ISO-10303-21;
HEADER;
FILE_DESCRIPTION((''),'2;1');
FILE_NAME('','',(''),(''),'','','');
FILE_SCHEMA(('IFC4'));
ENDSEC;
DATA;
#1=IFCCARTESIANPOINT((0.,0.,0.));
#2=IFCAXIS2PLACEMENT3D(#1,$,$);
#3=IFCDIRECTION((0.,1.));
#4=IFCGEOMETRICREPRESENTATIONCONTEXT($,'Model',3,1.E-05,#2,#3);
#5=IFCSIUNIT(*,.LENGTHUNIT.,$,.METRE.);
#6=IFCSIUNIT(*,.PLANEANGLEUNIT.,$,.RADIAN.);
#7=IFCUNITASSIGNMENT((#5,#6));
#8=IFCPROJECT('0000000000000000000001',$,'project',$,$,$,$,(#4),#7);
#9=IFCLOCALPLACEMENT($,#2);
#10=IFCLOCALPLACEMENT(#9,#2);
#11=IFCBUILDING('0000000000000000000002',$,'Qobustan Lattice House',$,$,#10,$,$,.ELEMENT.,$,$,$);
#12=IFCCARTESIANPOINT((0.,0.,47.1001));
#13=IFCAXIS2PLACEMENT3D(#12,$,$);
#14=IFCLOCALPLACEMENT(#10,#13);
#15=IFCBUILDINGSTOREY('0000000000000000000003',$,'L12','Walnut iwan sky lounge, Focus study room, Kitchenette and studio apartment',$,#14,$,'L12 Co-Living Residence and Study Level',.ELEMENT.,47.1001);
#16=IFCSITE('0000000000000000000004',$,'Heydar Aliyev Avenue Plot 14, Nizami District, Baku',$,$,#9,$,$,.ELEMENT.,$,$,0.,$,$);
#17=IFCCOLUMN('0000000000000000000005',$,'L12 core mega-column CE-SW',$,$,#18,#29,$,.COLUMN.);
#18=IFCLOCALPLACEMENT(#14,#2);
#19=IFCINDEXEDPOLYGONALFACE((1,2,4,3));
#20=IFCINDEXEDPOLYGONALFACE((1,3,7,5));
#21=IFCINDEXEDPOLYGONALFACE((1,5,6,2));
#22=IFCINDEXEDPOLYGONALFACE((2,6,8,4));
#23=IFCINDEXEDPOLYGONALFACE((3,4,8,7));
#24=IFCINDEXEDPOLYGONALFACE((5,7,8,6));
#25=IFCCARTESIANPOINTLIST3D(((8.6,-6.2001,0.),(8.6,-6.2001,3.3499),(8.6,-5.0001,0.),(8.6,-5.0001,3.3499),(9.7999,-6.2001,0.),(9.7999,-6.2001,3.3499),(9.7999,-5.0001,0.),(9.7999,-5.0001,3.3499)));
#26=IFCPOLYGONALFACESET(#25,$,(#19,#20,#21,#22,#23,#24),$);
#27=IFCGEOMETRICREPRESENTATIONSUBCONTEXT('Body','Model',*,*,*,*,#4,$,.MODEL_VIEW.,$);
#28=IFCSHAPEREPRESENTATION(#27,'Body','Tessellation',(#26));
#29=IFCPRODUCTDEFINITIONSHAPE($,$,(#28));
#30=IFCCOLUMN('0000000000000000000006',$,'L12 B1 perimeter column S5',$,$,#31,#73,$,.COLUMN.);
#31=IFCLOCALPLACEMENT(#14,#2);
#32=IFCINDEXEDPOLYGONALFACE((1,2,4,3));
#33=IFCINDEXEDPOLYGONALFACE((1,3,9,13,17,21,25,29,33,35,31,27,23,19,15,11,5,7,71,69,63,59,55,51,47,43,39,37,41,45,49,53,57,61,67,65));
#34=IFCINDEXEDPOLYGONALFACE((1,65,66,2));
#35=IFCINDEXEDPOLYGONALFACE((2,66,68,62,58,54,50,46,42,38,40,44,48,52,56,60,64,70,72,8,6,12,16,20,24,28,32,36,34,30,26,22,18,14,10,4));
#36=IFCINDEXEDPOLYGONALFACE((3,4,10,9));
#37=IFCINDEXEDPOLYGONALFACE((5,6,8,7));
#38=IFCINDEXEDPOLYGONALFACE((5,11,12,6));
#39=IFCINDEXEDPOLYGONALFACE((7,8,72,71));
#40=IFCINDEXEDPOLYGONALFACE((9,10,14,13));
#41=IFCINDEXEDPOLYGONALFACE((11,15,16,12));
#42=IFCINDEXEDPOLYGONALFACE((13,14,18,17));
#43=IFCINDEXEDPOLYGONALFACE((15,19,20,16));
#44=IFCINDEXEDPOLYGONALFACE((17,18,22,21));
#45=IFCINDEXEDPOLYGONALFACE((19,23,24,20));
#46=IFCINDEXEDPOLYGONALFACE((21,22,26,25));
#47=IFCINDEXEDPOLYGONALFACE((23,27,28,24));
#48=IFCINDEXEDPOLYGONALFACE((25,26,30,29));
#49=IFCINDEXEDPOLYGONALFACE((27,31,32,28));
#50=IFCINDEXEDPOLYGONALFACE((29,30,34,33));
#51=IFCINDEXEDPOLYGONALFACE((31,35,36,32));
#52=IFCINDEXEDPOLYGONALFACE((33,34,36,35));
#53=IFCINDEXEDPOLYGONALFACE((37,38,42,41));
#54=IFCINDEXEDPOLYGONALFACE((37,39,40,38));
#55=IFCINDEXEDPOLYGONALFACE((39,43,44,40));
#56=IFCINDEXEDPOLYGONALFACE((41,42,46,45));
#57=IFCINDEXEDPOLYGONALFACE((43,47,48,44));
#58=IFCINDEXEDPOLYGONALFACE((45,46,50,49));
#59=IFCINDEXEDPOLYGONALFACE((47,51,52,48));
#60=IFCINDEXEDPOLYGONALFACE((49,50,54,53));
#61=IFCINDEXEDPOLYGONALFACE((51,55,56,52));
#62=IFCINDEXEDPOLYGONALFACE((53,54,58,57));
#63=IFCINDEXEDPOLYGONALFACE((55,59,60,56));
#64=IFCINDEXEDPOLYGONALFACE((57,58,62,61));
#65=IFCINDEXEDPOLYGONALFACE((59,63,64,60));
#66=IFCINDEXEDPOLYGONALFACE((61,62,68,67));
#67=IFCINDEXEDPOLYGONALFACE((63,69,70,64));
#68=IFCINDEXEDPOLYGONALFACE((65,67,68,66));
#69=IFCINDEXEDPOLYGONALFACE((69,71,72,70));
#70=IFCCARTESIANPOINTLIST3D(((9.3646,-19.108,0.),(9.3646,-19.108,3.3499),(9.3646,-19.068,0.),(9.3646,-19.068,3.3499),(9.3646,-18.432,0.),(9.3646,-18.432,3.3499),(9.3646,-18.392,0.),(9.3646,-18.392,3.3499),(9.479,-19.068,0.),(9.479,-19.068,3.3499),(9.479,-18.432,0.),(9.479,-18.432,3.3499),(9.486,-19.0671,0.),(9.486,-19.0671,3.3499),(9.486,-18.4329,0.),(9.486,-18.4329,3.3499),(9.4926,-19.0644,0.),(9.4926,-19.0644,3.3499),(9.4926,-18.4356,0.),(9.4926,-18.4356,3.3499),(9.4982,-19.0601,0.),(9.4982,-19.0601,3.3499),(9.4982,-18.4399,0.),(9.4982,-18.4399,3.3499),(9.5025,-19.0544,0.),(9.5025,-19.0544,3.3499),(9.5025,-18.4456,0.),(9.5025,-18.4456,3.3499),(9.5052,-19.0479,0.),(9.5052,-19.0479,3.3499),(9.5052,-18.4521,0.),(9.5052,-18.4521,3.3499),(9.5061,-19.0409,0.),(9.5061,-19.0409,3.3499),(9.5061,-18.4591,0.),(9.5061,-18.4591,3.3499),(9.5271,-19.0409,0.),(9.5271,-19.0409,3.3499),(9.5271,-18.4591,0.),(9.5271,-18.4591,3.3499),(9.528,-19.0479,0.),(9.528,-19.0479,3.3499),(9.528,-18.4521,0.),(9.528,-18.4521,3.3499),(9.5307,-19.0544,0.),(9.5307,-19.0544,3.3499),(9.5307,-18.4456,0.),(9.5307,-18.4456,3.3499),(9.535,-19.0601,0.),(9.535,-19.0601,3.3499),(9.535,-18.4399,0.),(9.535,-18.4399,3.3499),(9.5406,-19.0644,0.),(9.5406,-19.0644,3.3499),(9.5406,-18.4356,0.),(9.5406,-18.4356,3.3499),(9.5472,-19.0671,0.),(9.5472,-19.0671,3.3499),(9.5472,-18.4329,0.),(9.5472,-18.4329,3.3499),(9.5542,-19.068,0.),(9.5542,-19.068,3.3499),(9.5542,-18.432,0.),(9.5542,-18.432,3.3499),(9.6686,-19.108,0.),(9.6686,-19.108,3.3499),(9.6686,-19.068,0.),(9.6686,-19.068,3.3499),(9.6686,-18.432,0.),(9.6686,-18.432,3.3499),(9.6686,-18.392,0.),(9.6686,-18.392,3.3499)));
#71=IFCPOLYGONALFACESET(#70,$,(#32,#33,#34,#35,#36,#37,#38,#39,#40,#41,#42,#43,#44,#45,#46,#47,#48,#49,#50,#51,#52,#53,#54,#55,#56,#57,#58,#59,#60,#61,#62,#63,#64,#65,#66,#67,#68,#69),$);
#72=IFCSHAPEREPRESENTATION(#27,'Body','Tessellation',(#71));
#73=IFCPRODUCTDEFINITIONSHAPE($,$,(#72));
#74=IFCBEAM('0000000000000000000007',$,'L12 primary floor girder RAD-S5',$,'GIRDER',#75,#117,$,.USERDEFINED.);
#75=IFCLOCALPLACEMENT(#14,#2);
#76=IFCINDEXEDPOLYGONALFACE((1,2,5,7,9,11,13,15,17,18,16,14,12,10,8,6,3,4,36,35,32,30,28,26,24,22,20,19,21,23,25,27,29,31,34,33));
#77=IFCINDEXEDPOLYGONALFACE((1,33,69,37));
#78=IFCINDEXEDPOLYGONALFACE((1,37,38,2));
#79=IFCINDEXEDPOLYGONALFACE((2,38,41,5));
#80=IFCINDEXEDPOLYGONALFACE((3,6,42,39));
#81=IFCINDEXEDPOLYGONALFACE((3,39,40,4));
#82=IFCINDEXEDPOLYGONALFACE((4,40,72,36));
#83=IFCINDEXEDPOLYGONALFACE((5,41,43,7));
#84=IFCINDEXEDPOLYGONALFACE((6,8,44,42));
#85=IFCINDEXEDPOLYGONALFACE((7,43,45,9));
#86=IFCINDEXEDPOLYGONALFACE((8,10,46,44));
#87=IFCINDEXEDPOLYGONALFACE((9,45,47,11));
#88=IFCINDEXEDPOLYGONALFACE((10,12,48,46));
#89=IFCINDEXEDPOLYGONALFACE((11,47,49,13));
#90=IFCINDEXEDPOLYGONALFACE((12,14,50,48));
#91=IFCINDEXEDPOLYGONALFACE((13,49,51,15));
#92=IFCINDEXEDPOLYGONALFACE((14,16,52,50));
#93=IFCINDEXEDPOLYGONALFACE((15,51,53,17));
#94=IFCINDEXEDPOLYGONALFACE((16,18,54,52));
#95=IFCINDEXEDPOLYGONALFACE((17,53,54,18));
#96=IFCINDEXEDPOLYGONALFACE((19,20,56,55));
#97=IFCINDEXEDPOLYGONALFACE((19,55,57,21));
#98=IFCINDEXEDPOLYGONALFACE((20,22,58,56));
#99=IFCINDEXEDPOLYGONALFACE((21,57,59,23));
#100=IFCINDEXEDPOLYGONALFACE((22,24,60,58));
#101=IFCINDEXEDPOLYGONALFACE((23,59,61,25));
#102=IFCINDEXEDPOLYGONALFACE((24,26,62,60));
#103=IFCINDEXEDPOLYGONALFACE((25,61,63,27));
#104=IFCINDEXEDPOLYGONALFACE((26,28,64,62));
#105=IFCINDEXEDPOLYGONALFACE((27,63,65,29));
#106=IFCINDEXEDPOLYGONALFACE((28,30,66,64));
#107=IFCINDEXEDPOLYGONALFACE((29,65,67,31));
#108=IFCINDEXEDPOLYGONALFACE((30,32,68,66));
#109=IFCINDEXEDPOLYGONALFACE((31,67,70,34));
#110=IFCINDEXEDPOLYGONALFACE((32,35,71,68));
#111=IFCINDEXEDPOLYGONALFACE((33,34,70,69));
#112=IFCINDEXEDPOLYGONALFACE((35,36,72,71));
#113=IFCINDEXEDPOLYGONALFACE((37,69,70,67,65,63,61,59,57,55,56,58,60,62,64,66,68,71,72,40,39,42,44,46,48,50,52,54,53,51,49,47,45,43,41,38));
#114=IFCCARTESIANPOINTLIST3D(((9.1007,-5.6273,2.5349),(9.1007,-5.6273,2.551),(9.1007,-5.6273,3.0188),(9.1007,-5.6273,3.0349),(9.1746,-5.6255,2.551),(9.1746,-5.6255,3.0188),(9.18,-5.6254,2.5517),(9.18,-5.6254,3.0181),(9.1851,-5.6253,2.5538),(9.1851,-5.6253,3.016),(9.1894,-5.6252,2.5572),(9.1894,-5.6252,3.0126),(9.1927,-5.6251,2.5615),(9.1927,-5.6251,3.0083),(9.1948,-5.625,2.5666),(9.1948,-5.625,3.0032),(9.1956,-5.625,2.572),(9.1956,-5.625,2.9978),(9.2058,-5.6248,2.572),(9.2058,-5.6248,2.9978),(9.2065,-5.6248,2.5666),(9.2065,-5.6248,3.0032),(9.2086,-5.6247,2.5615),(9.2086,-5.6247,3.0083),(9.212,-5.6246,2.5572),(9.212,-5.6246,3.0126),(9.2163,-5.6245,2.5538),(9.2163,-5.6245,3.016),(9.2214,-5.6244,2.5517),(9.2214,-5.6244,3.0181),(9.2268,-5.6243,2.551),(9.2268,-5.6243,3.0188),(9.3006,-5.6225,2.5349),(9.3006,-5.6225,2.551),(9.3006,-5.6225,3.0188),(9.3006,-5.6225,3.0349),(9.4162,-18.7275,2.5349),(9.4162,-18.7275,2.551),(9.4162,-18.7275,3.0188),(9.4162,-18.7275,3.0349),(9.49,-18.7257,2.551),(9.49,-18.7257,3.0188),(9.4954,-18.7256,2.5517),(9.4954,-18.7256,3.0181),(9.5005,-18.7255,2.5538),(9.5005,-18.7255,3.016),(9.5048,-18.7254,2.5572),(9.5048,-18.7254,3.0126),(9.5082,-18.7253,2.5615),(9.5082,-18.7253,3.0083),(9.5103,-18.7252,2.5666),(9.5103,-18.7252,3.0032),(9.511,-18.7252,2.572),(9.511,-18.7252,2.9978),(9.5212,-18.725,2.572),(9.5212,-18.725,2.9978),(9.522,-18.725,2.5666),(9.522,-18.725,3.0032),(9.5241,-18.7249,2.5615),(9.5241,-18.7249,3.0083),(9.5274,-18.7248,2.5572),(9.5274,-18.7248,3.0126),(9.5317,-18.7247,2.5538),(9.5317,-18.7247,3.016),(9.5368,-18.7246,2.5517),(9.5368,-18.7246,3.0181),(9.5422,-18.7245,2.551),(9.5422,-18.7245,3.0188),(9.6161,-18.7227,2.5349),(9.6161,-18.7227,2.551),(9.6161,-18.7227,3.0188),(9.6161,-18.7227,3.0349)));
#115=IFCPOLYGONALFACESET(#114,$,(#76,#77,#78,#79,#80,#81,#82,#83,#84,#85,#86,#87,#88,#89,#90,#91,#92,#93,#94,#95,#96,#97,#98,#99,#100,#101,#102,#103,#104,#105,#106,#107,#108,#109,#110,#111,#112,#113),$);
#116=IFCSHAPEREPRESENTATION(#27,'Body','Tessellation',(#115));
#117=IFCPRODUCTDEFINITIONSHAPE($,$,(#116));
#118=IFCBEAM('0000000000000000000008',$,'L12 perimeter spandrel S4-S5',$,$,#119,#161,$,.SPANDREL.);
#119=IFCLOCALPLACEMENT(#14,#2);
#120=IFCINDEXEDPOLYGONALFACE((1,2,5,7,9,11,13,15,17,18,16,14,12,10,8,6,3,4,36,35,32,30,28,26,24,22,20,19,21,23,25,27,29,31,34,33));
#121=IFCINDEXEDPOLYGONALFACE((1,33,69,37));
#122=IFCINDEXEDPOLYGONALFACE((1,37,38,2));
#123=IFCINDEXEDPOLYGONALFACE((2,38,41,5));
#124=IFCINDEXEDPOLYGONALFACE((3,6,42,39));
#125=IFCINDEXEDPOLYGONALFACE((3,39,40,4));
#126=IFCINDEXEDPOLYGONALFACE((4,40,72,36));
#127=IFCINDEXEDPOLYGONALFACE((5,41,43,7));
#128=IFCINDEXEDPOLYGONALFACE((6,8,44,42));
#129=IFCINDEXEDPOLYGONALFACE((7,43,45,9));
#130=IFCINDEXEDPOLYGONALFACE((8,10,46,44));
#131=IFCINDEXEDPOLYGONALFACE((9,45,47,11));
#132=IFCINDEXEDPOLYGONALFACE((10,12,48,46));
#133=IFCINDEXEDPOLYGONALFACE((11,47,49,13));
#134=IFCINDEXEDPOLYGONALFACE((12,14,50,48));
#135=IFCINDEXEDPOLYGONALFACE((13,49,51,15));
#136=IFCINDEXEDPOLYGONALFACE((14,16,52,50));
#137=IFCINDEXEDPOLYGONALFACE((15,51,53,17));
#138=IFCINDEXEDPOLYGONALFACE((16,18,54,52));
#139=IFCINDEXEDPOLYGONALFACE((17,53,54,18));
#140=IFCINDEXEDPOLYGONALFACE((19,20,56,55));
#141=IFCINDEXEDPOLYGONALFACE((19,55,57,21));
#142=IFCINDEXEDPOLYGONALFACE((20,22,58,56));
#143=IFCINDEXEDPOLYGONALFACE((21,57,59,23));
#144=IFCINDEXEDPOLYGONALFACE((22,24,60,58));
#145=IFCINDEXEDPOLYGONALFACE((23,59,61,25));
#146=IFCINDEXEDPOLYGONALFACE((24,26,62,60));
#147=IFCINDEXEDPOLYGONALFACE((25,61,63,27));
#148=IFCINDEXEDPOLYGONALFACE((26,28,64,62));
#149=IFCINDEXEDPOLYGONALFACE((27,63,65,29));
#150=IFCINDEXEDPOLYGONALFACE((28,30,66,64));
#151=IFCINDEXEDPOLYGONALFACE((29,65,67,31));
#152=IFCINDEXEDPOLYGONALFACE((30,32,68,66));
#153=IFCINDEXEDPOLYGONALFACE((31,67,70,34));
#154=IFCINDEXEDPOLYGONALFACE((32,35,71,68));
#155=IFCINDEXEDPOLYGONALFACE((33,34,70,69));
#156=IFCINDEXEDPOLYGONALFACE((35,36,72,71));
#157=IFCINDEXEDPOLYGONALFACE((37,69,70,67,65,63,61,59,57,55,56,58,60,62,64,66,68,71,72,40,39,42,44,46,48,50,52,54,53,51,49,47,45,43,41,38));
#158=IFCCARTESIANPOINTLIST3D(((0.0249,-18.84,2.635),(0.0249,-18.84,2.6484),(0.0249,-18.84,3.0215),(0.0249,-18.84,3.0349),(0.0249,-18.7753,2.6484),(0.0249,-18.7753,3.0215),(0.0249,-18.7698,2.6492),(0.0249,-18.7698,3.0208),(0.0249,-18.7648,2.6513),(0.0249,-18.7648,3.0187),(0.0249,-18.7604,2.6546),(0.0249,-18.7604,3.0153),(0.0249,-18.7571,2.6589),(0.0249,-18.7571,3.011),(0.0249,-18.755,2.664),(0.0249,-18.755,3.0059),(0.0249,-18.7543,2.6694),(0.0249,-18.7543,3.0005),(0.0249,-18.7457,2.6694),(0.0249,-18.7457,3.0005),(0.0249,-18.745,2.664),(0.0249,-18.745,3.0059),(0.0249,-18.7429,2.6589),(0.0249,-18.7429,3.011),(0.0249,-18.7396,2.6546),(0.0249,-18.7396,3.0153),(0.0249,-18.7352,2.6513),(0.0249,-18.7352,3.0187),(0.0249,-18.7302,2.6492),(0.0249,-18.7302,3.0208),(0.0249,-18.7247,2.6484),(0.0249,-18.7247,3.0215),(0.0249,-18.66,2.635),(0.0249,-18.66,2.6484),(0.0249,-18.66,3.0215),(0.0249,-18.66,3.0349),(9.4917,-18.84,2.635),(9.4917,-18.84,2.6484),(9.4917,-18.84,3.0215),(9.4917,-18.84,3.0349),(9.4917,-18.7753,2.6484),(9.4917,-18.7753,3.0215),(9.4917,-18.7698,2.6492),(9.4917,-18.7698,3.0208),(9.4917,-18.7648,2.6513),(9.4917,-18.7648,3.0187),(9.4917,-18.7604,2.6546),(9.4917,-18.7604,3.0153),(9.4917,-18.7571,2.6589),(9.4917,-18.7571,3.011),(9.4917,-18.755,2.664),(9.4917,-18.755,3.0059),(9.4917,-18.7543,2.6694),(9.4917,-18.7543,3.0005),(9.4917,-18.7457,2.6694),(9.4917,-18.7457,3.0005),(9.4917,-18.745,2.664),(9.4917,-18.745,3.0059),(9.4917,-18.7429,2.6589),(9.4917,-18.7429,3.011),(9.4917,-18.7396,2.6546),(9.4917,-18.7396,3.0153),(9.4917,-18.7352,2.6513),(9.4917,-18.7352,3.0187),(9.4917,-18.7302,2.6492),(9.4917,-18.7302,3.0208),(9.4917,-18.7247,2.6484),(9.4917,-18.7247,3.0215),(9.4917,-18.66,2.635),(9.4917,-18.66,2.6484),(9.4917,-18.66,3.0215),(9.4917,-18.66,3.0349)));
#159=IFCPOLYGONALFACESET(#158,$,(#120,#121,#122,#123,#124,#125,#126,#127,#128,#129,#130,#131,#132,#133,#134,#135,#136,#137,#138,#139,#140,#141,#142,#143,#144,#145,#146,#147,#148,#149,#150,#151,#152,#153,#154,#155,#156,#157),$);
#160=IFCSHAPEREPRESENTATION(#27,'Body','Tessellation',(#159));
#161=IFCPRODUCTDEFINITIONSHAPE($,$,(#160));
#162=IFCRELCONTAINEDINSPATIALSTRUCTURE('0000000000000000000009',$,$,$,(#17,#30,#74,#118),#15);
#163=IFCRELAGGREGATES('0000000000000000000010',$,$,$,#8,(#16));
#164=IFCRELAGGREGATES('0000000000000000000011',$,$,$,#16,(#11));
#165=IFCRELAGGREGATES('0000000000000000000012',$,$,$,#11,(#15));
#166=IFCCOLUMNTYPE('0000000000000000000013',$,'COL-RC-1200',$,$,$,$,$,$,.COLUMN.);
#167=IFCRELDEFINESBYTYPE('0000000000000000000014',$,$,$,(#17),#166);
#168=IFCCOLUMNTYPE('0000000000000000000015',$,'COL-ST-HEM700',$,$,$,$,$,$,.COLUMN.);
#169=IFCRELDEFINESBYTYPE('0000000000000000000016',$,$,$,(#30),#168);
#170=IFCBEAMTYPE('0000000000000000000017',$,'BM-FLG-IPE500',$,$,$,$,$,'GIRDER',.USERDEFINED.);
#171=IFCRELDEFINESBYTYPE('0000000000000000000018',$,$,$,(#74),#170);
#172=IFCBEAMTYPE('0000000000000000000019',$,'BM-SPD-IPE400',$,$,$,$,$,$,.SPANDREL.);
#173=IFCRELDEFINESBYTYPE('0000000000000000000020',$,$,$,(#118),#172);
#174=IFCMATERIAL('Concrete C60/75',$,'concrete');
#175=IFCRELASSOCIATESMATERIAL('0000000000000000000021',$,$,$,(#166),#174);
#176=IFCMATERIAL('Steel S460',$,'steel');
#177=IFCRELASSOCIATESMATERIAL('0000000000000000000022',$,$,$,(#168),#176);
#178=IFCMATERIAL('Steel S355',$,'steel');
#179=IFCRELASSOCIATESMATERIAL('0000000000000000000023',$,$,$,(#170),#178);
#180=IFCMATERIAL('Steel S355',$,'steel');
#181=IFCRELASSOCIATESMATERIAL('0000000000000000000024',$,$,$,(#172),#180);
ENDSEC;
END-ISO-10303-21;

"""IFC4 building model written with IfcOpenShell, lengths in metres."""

from ifc_helpers import new_model, si_unit, direction, frame, origin, origin_2d, place, context, subcontext, project, spatial, rectangle, i_section, extrude, material, material_profile, profile_set, type_object, element, save


model = new_model("IFC4")

# Units and contexts
model_context = context("Model", 3, precision=1e-05, world=origin(), true_north=direction((0.0, 1.0)))
body_context = subcontext(model_context, "Body", "Model", "MODEL_VIEW")
ifc_project = project(units=[si_unit("LENGTHUNIT", "METRE"), si_unit("PLANEANGLEUNIT", "RADIAN")], contexts=[model_context])

# Site, building, storey
site_placement = place(None, origin())
site = spatial("IfcSite", under=ifc_project, at=site_placement, Name="Heydar Aliyev Avenue Plot 14, Nizami District, Baku", CompositionType="ELEMENT", RefElevation=0.0)
building_placement = place(site_placement, origin())
building = spatial("IfcBuilding", under=site, at=building_placement, Name="Qobustan Lattice House", CompositionType="ELEMENT")
storey_placement = place(building_placement, frame((0.0, 0.0, 47.1001)))
storey = spatial("IfcBuildingStorey", under=building, at=storey_placement, Name="L12", Description="Walnut iwan sky lounge, Focus study room, Kitchenette and studio apartment", LongName="L12 Co-Living Residence and Study Level", CompositionType="ELEMENT", Elevation=47.1001)

# Columns
ifc_material_1 = material(Name="Concrete C60/75", Category="concrete")
ifc_material_profile_1 = material_profile(ifc_material_1, rectangle(XDim=1.2, YDim=1.2, at=origin_2d()), Name="RC1200x1200")
ifc_profile_set_1 = profile_set([ifc_material_profile_1], Name="Concrete C60/75")
column_type_1 = type_object("IfcColumnType", Name="COL-RC-1200", PredefinedType="COLUMN", material=ifc_profile_set_1)
column_1_placement = place(storey_placement, frame((9.2, -5.6001, 0.0), z_axis=(0.0, 0.0, 1.0), x_axis=(1.0, 0.0, 0.0)))
element("IfcColumn", 1, at=column_1_placement, inside=storey, type_object=column_type_1, Name="L12 core mega-column CE-SW", PredefinedType="COLUMN", context=body_context, shape_type="SweptSolid", body=[
    extrude(rectangle(XDim=1.2, YDim=1.2, at=origin_2d()), origin(), (0.0, 0.0, 1.0), 3.3499),
])
ifc_material_2 = material(Name="Steel S460", Category="steel")
ifc_material_profile_2 = material_profile(ifc_material_2, i_section(OverallWidth=0.304, OverallDepth=0.7161, WebThickness=0.021, FlangeThickness=0.04, FilletRadius=0.0271, at=origin_2d()), Name="HEM700")
ifc_profile_set_2 = profile_set([ifc_material_profile_2], Name="Steel S460")
column_type_2 = type_object("IfcColumnType", Name="COL-ST-HEM700", PredefinedType="COLUMN", material=ifc_profile_set_2)
column_2_placement = place(storey_placement, frame((9.5166, -18.75, 0.0), z_axis=(0.0, 0.0, 1.0), x_axis=(1.0, 0.0, 0.0)))
element("IfcColumn", 2, at=column_2_placement, inside=storey, type_object=column_type_2, Name="L12 B1 perimeter column S5", PredefinedType="COLUMN", context=body_context, shape_type="SweptSolid", body=[
    extrude(i_section(OverallWidth=0.304, OverallDepth=0.7161, WebThickness=0.021, FlangeThickness=0.04, FilletRadius=0.0271, at=origin_2d()), origin(), (0.0, 0.0, 1.0), 3.3499),
])

# Beams
ifc_material_3 = material(Name="Steel S355", Category="steel")
ifc_material_profile_3 = material_profile(ifc_material_3, i_section(OverallWidth=0.2, OverallDepth=0.5, WebThickness=0.0103, FlangeThickness=0.0161, FilletRadius=0.021, at=origin_2d()), Name="IPE500")
ifc_profile_set_3 = profile_set([ifc_material_profile_3], Name="Steel S355")
beam_type_1 = type_object("IfcBeamType", Name="BM-FLG-IPE500", ElementType="GIRDER", PredefinedType="USERDEFINED", material=ifc_profile_set_3)
beam_1_placement = place(storey_placement, frame((9.5161, -18.7251, 2.7849), z_axis=(-0.024071, 0.99971, 0.0), x_axis=(-0.99971, -0.024071, 0.0)))
element("IfcBeam", 3, at=beam_1_placement, inside=storey, type_object=beam_type_1, Name="L12 primary floor girder RAD-S5", ObjectType="GIRDER", PredefinedType="USERDEFINED", context=body_context, shape_type="SweptSolid", body=[
    extrude(i_section(OverallWidth=0.2, OverallDepth=0.5, WebThickness=0.0103, FlangeThickness=0.0161, FilletRadius=0.021, at=origin_2d()), origin(), (0.0, 0.0, 1.0), 13.104),
])
ifc_material_4 = material(Name="Steel S355", Category="steel")
ifc_material_profile_4 = material_profile(ifc_material_4, i_section(OverallWidth=0.1799, OverallDepth=0.3999, WebThickness=0.0085, FlangeThickness=0.0134, FilletRadius=0.021, at=origin_2d()), Name="IPE400")
ifc_profile_set_4 = profile_set([ifc_material_profile_4], Name="Steel S355")
beam_type_2 = type_object("IfcBeamType", Name="BM-SPD-IPE400", PredefinedType="SPANDREL", material=ifc_profile_set_4)
beam_2_placement = place(storey_placement, frame((0.0249, -18.75, 2.835), z_axis=(1.0, 0.0, 0.0), x_axis=(0.0, 1.0, 0.0)))
element("IfcBeam", 4, at=beam_2_placement, inside=storey, type_object=beam_type_2, Name="L12 perimeter spandrel S4-S5", PredefinedType="SPANDREL", context=body_context, shape_type="SweptSolid", body=[
    extrude(i_section(OverallWidth=0.1799, OverallDepth=0.3999, WebThickness=0.0085, FlangeThickness=0.0134, FilletRadius=0.021, at=origin_2d()), origin(), (0.0, 0.0, 1.0), 9.4668),
])

save(model, "model.ifc")
